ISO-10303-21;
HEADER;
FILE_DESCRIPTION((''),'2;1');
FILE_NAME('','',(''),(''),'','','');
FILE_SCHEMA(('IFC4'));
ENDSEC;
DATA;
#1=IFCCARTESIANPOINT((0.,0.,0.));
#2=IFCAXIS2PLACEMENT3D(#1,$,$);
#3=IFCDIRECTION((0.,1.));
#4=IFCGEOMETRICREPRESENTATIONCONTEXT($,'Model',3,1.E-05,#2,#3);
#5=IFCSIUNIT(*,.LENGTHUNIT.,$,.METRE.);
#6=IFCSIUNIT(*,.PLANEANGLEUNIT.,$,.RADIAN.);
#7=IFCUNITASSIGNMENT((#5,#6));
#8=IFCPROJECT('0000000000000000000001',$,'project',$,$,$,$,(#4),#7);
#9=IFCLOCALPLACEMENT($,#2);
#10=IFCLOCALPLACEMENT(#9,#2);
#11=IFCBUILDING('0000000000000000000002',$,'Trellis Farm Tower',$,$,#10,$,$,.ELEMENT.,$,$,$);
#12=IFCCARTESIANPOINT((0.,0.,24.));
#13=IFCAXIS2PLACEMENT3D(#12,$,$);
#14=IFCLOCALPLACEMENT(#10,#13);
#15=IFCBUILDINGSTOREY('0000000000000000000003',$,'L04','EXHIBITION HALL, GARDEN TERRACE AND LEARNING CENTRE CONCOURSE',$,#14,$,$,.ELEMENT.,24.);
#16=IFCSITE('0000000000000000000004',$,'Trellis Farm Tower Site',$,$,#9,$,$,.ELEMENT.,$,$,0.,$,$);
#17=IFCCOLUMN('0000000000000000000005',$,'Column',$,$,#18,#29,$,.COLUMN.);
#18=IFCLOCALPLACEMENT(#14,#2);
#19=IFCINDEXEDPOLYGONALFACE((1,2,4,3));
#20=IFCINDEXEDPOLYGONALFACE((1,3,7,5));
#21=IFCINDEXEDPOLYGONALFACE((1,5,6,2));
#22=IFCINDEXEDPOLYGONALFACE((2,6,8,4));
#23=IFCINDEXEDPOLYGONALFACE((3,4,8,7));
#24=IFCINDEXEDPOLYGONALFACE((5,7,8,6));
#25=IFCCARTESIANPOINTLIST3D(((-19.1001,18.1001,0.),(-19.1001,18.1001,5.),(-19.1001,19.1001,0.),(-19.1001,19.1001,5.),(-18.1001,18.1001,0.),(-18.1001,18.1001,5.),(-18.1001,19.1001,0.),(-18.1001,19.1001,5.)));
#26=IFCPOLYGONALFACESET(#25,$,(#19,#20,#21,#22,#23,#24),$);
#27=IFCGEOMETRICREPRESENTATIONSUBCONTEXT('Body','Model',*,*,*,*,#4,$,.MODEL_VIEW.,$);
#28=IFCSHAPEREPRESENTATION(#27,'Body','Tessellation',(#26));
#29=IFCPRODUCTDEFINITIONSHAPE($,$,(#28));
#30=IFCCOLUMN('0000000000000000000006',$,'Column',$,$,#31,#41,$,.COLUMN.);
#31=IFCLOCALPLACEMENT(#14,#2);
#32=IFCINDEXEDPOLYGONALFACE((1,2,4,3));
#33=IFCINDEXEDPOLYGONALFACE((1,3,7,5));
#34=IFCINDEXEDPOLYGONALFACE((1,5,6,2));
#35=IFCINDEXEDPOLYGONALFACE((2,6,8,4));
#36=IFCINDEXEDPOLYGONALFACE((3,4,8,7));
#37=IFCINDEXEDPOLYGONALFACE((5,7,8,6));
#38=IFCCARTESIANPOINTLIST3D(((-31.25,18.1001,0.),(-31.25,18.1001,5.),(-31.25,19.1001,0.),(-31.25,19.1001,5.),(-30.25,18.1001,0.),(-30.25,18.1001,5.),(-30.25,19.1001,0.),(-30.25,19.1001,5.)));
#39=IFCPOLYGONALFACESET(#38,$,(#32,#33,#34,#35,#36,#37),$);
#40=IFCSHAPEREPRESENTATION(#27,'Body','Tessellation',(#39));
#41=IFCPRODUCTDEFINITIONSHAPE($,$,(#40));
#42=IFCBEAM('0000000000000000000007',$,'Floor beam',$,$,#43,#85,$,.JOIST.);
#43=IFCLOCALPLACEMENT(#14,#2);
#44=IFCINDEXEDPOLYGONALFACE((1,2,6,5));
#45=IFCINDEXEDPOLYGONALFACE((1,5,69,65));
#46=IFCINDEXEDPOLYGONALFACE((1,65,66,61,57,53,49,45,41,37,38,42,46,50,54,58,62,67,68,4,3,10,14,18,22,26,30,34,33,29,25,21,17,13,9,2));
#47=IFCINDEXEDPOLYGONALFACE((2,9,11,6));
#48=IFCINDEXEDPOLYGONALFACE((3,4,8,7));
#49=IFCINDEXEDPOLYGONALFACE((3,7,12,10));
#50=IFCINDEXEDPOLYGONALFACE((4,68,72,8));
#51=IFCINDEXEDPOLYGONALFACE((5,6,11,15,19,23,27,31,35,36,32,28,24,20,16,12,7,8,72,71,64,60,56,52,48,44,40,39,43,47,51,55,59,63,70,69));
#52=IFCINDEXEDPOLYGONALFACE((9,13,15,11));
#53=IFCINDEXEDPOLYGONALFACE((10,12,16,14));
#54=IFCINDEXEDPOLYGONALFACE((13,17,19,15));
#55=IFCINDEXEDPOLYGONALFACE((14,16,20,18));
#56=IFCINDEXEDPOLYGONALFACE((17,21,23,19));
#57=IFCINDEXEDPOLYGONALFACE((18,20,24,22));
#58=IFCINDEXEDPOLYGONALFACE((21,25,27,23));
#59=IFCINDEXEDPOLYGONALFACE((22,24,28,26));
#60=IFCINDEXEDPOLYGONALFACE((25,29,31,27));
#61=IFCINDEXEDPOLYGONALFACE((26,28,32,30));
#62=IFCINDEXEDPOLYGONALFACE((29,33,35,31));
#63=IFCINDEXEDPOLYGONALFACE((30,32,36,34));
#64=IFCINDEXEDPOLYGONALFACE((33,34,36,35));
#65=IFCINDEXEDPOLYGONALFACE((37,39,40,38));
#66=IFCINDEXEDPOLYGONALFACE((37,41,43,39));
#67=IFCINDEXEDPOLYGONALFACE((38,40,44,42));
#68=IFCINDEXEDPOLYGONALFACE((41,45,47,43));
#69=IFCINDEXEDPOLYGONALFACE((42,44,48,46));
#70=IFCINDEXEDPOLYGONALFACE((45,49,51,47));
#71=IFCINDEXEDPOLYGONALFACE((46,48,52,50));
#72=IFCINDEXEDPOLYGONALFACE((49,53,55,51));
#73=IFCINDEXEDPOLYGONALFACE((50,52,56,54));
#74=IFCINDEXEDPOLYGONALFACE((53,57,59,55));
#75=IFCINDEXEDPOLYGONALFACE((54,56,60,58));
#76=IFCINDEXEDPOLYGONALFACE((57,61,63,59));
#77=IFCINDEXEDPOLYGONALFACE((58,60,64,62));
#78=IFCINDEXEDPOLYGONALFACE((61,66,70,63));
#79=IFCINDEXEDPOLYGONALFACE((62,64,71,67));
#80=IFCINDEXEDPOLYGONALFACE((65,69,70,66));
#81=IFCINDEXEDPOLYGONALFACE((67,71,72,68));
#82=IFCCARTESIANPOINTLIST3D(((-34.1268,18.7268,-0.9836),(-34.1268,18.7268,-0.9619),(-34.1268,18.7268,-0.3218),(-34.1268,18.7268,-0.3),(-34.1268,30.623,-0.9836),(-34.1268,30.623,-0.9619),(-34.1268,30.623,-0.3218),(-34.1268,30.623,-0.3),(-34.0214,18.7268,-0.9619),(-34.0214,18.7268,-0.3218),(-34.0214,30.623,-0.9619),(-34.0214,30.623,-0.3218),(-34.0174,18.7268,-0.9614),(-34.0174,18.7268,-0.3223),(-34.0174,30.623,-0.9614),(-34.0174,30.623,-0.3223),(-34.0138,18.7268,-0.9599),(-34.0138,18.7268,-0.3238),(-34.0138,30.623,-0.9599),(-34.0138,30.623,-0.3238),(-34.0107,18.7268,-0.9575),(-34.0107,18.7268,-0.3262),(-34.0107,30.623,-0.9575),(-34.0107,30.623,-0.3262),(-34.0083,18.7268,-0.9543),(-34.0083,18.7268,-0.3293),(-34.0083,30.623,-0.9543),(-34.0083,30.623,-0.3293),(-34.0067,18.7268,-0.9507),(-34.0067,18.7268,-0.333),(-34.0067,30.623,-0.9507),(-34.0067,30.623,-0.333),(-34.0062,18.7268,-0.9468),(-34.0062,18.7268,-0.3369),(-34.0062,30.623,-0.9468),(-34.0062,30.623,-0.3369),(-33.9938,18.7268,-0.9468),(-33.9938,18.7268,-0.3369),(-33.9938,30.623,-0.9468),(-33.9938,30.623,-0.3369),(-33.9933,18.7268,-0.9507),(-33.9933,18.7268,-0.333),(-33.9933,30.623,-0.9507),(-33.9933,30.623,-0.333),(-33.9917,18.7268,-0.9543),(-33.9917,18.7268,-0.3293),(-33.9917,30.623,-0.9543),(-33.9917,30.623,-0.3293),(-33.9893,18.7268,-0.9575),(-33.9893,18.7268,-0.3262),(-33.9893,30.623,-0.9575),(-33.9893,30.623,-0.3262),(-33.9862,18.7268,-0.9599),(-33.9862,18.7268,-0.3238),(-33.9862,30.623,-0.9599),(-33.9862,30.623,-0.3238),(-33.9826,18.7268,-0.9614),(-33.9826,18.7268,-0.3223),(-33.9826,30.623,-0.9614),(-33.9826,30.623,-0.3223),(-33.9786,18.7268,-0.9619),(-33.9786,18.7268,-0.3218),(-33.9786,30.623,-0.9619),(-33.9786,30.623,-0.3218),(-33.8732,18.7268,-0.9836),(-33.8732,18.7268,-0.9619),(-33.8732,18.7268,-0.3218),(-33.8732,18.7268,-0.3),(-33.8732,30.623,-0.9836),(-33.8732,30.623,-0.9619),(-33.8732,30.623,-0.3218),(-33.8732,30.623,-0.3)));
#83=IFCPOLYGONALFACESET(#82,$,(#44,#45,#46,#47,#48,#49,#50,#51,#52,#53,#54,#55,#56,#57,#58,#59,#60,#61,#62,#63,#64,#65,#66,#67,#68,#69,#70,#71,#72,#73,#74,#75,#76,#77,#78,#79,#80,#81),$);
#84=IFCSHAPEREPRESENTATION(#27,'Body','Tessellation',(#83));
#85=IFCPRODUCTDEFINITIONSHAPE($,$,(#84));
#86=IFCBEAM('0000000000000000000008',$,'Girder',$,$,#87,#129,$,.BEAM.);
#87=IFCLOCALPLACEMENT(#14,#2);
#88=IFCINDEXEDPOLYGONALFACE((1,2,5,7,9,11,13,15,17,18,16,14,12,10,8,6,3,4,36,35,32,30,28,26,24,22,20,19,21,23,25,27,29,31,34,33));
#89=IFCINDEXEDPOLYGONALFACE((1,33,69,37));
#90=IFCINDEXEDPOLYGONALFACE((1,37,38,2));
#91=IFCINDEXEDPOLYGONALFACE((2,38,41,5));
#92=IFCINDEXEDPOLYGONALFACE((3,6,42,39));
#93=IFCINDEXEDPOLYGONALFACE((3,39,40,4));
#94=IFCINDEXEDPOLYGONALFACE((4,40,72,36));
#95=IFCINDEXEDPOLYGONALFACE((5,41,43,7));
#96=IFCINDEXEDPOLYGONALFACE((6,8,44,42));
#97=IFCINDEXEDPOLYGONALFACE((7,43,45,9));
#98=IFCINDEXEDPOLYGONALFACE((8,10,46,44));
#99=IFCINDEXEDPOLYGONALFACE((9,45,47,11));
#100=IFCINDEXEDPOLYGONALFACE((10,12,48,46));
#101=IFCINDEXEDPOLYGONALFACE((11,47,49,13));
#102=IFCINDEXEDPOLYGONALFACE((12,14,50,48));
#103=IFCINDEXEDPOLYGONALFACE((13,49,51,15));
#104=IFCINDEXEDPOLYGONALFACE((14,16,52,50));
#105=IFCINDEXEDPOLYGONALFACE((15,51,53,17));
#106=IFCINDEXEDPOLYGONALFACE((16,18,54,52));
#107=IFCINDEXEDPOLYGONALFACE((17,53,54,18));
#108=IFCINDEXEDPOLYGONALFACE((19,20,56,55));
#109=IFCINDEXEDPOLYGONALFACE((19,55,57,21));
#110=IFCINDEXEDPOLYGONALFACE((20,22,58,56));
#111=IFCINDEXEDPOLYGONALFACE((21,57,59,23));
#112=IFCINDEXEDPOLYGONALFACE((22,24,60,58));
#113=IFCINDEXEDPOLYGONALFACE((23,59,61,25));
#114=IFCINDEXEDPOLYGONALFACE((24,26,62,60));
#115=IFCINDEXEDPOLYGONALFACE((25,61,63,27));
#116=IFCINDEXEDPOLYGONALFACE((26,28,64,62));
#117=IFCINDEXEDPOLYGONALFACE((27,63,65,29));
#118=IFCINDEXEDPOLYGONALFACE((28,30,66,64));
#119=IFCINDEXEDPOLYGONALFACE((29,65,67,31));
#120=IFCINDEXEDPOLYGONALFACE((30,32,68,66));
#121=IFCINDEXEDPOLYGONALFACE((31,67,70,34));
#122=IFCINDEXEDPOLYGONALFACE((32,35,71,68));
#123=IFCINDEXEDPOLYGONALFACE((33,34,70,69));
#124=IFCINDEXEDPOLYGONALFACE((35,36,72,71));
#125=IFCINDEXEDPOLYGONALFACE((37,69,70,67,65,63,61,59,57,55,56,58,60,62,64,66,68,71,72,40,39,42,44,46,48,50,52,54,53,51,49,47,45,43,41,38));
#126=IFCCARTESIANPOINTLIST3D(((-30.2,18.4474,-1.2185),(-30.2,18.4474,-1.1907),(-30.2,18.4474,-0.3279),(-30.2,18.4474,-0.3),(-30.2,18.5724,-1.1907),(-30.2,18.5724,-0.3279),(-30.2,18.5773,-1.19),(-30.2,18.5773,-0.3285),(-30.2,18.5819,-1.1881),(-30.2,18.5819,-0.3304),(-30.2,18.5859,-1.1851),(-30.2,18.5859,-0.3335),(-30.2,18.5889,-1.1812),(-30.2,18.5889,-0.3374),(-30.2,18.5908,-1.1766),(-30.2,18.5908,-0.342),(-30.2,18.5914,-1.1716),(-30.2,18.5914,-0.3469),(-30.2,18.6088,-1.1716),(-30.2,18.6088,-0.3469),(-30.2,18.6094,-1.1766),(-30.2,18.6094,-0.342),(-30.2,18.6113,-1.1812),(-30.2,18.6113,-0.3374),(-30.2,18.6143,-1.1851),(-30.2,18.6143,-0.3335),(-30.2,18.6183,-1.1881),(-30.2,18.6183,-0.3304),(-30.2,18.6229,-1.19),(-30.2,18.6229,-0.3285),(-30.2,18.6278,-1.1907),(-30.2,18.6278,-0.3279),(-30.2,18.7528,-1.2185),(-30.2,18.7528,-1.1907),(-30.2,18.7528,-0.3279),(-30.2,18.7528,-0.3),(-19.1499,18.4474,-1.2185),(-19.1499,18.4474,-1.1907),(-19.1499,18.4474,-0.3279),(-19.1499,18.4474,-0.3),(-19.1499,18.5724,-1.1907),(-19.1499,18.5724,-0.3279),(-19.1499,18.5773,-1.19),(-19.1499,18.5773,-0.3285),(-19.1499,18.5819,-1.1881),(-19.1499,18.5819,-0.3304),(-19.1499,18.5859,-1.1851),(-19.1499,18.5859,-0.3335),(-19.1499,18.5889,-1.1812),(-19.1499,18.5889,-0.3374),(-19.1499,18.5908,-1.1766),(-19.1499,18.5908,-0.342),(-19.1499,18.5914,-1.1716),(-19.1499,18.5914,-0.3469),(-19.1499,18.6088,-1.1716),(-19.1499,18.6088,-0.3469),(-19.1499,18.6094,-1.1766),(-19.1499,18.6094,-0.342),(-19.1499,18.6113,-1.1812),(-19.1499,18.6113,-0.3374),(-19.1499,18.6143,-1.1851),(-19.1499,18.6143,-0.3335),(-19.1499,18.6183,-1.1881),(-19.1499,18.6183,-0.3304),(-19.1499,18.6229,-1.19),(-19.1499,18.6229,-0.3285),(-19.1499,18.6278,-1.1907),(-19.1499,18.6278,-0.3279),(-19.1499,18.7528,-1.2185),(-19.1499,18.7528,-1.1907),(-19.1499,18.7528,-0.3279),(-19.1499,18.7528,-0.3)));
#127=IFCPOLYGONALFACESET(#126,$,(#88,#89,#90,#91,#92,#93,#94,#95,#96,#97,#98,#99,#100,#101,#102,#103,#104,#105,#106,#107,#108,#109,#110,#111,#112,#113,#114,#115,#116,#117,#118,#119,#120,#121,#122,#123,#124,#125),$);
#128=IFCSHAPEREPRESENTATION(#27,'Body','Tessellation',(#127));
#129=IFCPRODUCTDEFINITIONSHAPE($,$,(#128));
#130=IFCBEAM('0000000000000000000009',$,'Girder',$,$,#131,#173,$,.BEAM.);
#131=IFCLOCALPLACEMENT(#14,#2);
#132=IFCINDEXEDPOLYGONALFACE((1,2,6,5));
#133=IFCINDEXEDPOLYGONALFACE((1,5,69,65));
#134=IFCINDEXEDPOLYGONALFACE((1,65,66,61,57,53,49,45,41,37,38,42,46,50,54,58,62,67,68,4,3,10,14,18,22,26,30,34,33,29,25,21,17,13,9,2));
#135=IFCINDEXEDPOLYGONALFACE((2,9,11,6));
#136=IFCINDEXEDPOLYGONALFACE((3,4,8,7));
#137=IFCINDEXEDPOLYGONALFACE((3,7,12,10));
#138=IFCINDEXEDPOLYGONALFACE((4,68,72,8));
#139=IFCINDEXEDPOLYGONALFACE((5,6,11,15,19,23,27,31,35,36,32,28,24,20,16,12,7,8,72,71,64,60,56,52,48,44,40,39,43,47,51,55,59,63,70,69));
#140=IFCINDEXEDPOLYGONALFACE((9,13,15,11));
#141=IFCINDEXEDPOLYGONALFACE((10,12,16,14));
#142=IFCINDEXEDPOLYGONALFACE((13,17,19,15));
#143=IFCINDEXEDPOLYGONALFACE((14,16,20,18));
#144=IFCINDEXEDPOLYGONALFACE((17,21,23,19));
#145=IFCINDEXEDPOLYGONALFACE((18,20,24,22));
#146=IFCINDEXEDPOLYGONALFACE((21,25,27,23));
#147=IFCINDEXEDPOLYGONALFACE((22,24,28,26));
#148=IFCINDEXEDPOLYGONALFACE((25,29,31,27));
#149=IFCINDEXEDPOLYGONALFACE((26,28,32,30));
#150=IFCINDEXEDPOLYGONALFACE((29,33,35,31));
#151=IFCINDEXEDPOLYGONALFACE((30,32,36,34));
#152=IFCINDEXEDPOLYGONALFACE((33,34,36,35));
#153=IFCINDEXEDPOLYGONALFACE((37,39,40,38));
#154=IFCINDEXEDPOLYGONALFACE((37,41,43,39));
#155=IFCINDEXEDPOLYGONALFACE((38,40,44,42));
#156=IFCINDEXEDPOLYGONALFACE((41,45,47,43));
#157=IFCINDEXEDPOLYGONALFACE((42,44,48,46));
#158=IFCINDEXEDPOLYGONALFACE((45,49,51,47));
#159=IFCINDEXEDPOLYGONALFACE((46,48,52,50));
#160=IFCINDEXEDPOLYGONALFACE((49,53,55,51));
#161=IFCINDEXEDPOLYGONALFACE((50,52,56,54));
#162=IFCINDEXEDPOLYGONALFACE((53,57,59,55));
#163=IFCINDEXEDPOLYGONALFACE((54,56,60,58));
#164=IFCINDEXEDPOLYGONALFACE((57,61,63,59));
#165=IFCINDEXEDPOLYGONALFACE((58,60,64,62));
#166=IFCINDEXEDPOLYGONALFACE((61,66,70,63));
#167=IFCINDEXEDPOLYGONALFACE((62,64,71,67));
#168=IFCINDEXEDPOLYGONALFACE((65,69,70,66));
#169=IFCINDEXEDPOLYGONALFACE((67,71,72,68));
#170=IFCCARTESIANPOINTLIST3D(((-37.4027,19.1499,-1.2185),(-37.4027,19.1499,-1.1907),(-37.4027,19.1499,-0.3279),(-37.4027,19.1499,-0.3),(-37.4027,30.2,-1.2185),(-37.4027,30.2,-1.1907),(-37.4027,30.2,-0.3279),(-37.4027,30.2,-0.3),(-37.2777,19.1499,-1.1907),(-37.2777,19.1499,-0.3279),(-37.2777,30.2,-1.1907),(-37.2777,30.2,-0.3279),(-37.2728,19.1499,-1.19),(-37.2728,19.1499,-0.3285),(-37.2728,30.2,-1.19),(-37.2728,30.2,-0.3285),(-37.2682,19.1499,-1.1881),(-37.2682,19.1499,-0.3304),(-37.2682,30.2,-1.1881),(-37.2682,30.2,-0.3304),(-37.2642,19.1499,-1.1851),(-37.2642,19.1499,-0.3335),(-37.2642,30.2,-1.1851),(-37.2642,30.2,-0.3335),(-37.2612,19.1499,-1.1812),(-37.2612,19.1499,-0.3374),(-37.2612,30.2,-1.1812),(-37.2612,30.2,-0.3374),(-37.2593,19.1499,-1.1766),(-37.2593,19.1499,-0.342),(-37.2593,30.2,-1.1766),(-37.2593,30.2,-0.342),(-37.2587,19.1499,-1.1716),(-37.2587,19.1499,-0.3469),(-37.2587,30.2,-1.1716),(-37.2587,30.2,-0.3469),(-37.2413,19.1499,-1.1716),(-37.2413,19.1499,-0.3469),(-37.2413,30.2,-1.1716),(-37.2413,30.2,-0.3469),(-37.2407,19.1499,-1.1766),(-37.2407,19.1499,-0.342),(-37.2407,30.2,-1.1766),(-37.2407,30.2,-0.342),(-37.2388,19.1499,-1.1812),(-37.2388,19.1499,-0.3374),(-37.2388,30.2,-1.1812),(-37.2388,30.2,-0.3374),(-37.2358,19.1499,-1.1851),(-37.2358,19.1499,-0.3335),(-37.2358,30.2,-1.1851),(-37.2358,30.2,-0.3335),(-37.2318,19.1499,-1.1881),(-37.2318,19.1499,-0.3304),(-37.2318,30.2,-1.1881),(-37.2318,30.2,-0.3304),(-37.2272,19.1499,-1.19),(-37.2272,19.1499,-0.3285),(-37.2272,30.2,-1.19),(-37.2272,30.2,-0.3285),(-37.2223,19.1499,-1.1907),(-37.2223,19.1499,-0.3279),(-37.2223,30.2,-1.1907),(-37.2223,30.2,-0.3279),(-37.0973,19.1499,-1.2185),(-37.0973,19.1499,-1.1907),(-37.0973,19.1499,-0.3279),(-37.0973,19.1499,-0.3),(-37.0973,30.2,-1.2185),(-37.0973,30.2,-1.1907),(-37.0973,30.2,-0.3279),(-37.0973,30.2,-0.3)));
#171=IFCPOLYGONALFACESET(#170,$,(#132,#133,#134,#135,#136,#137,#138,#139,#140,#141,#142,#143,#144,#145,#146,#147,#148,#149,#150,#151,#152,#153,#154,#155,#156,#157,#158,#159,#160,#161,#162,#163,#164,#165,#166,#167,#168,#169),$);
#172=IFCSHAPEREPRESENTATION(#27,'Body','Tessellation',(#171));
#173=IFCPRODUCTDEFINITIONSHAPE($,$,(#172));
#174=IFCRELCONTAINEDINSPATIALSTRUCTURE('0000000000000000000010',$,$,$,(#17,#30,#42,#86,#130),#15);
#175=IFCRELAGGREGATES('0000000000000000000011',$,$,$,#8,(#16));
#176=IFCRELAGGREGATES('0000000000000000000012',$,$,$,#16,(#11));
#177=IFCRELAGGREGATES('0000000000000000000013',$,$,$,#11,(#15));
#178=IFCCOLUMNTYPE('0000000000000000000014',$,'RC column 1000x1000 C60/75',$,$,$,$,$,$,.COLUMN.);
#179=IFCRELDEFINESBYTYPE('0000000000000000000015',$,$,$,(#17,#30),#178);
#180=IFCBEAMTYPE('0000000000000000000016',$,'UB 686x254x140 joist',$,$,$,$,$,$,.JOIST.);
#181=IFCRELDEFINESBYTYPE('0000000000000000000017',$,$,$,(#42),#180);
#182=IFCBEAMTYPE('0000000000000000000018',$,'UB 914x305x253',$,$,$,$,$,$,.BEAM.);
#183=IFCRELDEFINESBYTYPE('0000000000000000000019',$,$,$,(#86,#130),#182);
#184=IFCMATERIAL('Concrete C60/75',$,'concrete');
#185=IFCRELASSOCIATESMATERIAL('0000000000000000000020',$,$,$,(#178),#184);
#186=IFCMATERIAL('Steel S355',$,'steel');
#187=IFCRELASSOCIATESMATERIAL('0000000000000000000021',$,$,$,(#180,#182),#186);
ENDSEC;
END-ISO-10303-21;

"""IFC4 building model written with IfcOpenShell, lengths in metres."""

from ifc_helpers import new_model, si_unit, direction, frame, origin, origin_2d, place, context, subcontext, project, spatial, rectangle, i_section, extrude, source, transform, mapped, material, material_profile, profile_set, type_object, element, save


model = new_model("IFC4")

# Units and contexts
model_context = context("Model", 3, precision=1e-05, world=origin(), true_north=direction((0.0, 1.0)))
body_context = subcontext(model_context, "Body", "Model", "MODEL_VIEW")
ifc_project = project(units=[si_unit("LENGTHUNIT", "METRE"), si_unit("PLANEANGLEUNIT", "RADIAN")], contexts=[model_context])

# Site, building, storey
site_placement = place(None, origin())
site = spatial("IfcSite", under=ifc_project, at=site_placement, Name="Trellis Farm Tower Site", CompositionType="ELEMENT", RefElevation=0.0)
building_placement = place(site_placement, origin())
building = spatial("IfcBuilding", under=site, at=building_placement, Name="Trellis Farm Tower", CompositionType="ELEMENT")
storey_placement = place(building_placement, frame((0.0, 0.0, 24.0)))
storey = spatial("IfcBuildingStorey", under=building, at=storey_placement, Name="L04", Description="EXHIBITION HALL, GARDEN TERRACE AND LEARNING CENTRE CONCOURSE", CompositionType="ELEMENT", Elevation=24.0)

# Columns
ifc_material_1 = material(Name="Concrete C60/75", Category="concrete")
ifc_material_profile_1 = material_profile(ifc_material_1, rectangle(XDim=1.0, YDim=1.0, at=origin_2d()), Name="RC column 1000x1000 C60/75")
ifc_profile_set_1 = profile_set([ifc_material_profile_1], Name="Concrete C60/75")
column_type = type_object("IfcColumnType", Name="RC column 1000x1000 C60/75", PredefinedType="COLUMN", material=ifc_profile_set_1)
shared_shape_1 = source(origin(), body_context, "Body", "SweptSolid", [
    extrude(rectangle(XDim=1.0, YDim=1.0, at=origin_2d()), origin(), (0.0, 0.0, 1.0), 5.0),
])
for number, where, z_axis, x_axis, name in (
    (1, (-18.6001, 18.6001, 0.0), (0.0, 0.0, 1.0), (1.0, 0.0, 0.0), "Column"),
    (2, (-30.75, 18.6001, 0.0), (0.0, 0.0, 1.0), (1.0, 0.0, 0.0), "Column"),
):
    element("IfcColumn", number, at=place(storey_placement, frame(where, z_axis=z_axis, x_axis=x_axis)), inside=storey, type_object=column_type, Name=name, PredefinedType="COLUMN", context=body_context, shape_type="MappedRepresentation", body=[
        mapped(shared_shape_1, transform((0.0, 0.0, 0.0))),
    ])

# Beams
ifc_material_2 = material(Name="Steel S355", Category="steel")
ifc_material_profile_2 = material_profile(ifc_material_2, i_section(OverallWidth=0.2537, OverallDepth=0.6836, WebThickness=0.0125, FlangeThickness=0.0217, FilletRadius=0.0151, at=origin_2d()), Name="UB 686x254x140")
ifc_profile_set_2 = profile_set([ifc_material_profile_2], Name="Steel S355")
beam_type_1 = type_object("IfcBeamType", Name="UB 686x254x140 joist", PredefinedType="JOIST", material=ifc_profile_set_2)
shared_shape_2 = source(origin(), body_context, "Body", "SweptSolid", [
    extrude(i_section(OverallWidth=0.2537, OverallDepth=0.6836, WebThickness=0.0125, FlangeThickness=0.0217, FilletRadius=0.0151, at=origin_2d()), origin(), (0.0, 0.0, 1.0), 11.8962),
])
beam_1_placement = place(storey_placement, frame((-34.0, 18.7268, -0.6418), z_axis=(0.0, 1.0, 0.0), x_axis=(-1.0, 0.0, 0.0)))
element("IfcBeam", 3, at=beam_1_placement, inside=storey, type_object=beam_type_1, Name="Floor beam", PredefinedType="JOIST", context=body_context, shape_type="MappedRepresentation", body=[
    mapped(shared_shape_2, transform((0.0, 0.0, 0.0))),
])
ifc_material_profile_3 = material_profile(ifc_material_2, i_section(OverallWidth=0.3054, OverallDepth=0.9185, WebThickness=0.0173, FlangeThickness=0.0278, FilletRadius=0.019, at=origin_2d()), Name="UB 914x305x253")
ifc_profile_set_3 = profile_set([ifc_material_profile_3], Name="Steel S355")
beam_type_2 = type_object("IfcBeamType", Name="UB 914x305x253", PredefinedType="BEAM", material=ifc_profile_set_3)
shared_shape_3 = source(origin(), body_context, "Body", "SweptSolid", [
    extrude(i_section(OverallWidth=0.3054, OverallDepth=0.9185, WebThickness=0.0173, FlangeThickness=0.0278, FilletRadius=0.019, at=origin_2d()), origin(), (0.0, 0.0, 1.0), 11.05),
])
for number, where, z_axis, x_axis, name in (
    (4, (-30.2, 18.6001, -0.7593), (1.0, 0.0, 0.0), (0.0, 1.0, 0.0), "Girder"),
    (5, (-37.25, 19.1499, -0.7593), (0.0, 1.0, 0.0), (-1.0, 0.0, 0.0), "Girder"),
):
    element("IfcBeam", number, at=place(storey_placement, frame(where, z_axis=z_axis, x_axis=x_axis)), inside=storey, type_object=beam_type_2, Name=name, PredefinedType="BEAM", context=body_context, shape_type="MappedRepresentation", body=[
        mapped(shared_shape_3, transform((0.0, 0.0, 0.0))),
    ])

save(model, "model.ifc")
